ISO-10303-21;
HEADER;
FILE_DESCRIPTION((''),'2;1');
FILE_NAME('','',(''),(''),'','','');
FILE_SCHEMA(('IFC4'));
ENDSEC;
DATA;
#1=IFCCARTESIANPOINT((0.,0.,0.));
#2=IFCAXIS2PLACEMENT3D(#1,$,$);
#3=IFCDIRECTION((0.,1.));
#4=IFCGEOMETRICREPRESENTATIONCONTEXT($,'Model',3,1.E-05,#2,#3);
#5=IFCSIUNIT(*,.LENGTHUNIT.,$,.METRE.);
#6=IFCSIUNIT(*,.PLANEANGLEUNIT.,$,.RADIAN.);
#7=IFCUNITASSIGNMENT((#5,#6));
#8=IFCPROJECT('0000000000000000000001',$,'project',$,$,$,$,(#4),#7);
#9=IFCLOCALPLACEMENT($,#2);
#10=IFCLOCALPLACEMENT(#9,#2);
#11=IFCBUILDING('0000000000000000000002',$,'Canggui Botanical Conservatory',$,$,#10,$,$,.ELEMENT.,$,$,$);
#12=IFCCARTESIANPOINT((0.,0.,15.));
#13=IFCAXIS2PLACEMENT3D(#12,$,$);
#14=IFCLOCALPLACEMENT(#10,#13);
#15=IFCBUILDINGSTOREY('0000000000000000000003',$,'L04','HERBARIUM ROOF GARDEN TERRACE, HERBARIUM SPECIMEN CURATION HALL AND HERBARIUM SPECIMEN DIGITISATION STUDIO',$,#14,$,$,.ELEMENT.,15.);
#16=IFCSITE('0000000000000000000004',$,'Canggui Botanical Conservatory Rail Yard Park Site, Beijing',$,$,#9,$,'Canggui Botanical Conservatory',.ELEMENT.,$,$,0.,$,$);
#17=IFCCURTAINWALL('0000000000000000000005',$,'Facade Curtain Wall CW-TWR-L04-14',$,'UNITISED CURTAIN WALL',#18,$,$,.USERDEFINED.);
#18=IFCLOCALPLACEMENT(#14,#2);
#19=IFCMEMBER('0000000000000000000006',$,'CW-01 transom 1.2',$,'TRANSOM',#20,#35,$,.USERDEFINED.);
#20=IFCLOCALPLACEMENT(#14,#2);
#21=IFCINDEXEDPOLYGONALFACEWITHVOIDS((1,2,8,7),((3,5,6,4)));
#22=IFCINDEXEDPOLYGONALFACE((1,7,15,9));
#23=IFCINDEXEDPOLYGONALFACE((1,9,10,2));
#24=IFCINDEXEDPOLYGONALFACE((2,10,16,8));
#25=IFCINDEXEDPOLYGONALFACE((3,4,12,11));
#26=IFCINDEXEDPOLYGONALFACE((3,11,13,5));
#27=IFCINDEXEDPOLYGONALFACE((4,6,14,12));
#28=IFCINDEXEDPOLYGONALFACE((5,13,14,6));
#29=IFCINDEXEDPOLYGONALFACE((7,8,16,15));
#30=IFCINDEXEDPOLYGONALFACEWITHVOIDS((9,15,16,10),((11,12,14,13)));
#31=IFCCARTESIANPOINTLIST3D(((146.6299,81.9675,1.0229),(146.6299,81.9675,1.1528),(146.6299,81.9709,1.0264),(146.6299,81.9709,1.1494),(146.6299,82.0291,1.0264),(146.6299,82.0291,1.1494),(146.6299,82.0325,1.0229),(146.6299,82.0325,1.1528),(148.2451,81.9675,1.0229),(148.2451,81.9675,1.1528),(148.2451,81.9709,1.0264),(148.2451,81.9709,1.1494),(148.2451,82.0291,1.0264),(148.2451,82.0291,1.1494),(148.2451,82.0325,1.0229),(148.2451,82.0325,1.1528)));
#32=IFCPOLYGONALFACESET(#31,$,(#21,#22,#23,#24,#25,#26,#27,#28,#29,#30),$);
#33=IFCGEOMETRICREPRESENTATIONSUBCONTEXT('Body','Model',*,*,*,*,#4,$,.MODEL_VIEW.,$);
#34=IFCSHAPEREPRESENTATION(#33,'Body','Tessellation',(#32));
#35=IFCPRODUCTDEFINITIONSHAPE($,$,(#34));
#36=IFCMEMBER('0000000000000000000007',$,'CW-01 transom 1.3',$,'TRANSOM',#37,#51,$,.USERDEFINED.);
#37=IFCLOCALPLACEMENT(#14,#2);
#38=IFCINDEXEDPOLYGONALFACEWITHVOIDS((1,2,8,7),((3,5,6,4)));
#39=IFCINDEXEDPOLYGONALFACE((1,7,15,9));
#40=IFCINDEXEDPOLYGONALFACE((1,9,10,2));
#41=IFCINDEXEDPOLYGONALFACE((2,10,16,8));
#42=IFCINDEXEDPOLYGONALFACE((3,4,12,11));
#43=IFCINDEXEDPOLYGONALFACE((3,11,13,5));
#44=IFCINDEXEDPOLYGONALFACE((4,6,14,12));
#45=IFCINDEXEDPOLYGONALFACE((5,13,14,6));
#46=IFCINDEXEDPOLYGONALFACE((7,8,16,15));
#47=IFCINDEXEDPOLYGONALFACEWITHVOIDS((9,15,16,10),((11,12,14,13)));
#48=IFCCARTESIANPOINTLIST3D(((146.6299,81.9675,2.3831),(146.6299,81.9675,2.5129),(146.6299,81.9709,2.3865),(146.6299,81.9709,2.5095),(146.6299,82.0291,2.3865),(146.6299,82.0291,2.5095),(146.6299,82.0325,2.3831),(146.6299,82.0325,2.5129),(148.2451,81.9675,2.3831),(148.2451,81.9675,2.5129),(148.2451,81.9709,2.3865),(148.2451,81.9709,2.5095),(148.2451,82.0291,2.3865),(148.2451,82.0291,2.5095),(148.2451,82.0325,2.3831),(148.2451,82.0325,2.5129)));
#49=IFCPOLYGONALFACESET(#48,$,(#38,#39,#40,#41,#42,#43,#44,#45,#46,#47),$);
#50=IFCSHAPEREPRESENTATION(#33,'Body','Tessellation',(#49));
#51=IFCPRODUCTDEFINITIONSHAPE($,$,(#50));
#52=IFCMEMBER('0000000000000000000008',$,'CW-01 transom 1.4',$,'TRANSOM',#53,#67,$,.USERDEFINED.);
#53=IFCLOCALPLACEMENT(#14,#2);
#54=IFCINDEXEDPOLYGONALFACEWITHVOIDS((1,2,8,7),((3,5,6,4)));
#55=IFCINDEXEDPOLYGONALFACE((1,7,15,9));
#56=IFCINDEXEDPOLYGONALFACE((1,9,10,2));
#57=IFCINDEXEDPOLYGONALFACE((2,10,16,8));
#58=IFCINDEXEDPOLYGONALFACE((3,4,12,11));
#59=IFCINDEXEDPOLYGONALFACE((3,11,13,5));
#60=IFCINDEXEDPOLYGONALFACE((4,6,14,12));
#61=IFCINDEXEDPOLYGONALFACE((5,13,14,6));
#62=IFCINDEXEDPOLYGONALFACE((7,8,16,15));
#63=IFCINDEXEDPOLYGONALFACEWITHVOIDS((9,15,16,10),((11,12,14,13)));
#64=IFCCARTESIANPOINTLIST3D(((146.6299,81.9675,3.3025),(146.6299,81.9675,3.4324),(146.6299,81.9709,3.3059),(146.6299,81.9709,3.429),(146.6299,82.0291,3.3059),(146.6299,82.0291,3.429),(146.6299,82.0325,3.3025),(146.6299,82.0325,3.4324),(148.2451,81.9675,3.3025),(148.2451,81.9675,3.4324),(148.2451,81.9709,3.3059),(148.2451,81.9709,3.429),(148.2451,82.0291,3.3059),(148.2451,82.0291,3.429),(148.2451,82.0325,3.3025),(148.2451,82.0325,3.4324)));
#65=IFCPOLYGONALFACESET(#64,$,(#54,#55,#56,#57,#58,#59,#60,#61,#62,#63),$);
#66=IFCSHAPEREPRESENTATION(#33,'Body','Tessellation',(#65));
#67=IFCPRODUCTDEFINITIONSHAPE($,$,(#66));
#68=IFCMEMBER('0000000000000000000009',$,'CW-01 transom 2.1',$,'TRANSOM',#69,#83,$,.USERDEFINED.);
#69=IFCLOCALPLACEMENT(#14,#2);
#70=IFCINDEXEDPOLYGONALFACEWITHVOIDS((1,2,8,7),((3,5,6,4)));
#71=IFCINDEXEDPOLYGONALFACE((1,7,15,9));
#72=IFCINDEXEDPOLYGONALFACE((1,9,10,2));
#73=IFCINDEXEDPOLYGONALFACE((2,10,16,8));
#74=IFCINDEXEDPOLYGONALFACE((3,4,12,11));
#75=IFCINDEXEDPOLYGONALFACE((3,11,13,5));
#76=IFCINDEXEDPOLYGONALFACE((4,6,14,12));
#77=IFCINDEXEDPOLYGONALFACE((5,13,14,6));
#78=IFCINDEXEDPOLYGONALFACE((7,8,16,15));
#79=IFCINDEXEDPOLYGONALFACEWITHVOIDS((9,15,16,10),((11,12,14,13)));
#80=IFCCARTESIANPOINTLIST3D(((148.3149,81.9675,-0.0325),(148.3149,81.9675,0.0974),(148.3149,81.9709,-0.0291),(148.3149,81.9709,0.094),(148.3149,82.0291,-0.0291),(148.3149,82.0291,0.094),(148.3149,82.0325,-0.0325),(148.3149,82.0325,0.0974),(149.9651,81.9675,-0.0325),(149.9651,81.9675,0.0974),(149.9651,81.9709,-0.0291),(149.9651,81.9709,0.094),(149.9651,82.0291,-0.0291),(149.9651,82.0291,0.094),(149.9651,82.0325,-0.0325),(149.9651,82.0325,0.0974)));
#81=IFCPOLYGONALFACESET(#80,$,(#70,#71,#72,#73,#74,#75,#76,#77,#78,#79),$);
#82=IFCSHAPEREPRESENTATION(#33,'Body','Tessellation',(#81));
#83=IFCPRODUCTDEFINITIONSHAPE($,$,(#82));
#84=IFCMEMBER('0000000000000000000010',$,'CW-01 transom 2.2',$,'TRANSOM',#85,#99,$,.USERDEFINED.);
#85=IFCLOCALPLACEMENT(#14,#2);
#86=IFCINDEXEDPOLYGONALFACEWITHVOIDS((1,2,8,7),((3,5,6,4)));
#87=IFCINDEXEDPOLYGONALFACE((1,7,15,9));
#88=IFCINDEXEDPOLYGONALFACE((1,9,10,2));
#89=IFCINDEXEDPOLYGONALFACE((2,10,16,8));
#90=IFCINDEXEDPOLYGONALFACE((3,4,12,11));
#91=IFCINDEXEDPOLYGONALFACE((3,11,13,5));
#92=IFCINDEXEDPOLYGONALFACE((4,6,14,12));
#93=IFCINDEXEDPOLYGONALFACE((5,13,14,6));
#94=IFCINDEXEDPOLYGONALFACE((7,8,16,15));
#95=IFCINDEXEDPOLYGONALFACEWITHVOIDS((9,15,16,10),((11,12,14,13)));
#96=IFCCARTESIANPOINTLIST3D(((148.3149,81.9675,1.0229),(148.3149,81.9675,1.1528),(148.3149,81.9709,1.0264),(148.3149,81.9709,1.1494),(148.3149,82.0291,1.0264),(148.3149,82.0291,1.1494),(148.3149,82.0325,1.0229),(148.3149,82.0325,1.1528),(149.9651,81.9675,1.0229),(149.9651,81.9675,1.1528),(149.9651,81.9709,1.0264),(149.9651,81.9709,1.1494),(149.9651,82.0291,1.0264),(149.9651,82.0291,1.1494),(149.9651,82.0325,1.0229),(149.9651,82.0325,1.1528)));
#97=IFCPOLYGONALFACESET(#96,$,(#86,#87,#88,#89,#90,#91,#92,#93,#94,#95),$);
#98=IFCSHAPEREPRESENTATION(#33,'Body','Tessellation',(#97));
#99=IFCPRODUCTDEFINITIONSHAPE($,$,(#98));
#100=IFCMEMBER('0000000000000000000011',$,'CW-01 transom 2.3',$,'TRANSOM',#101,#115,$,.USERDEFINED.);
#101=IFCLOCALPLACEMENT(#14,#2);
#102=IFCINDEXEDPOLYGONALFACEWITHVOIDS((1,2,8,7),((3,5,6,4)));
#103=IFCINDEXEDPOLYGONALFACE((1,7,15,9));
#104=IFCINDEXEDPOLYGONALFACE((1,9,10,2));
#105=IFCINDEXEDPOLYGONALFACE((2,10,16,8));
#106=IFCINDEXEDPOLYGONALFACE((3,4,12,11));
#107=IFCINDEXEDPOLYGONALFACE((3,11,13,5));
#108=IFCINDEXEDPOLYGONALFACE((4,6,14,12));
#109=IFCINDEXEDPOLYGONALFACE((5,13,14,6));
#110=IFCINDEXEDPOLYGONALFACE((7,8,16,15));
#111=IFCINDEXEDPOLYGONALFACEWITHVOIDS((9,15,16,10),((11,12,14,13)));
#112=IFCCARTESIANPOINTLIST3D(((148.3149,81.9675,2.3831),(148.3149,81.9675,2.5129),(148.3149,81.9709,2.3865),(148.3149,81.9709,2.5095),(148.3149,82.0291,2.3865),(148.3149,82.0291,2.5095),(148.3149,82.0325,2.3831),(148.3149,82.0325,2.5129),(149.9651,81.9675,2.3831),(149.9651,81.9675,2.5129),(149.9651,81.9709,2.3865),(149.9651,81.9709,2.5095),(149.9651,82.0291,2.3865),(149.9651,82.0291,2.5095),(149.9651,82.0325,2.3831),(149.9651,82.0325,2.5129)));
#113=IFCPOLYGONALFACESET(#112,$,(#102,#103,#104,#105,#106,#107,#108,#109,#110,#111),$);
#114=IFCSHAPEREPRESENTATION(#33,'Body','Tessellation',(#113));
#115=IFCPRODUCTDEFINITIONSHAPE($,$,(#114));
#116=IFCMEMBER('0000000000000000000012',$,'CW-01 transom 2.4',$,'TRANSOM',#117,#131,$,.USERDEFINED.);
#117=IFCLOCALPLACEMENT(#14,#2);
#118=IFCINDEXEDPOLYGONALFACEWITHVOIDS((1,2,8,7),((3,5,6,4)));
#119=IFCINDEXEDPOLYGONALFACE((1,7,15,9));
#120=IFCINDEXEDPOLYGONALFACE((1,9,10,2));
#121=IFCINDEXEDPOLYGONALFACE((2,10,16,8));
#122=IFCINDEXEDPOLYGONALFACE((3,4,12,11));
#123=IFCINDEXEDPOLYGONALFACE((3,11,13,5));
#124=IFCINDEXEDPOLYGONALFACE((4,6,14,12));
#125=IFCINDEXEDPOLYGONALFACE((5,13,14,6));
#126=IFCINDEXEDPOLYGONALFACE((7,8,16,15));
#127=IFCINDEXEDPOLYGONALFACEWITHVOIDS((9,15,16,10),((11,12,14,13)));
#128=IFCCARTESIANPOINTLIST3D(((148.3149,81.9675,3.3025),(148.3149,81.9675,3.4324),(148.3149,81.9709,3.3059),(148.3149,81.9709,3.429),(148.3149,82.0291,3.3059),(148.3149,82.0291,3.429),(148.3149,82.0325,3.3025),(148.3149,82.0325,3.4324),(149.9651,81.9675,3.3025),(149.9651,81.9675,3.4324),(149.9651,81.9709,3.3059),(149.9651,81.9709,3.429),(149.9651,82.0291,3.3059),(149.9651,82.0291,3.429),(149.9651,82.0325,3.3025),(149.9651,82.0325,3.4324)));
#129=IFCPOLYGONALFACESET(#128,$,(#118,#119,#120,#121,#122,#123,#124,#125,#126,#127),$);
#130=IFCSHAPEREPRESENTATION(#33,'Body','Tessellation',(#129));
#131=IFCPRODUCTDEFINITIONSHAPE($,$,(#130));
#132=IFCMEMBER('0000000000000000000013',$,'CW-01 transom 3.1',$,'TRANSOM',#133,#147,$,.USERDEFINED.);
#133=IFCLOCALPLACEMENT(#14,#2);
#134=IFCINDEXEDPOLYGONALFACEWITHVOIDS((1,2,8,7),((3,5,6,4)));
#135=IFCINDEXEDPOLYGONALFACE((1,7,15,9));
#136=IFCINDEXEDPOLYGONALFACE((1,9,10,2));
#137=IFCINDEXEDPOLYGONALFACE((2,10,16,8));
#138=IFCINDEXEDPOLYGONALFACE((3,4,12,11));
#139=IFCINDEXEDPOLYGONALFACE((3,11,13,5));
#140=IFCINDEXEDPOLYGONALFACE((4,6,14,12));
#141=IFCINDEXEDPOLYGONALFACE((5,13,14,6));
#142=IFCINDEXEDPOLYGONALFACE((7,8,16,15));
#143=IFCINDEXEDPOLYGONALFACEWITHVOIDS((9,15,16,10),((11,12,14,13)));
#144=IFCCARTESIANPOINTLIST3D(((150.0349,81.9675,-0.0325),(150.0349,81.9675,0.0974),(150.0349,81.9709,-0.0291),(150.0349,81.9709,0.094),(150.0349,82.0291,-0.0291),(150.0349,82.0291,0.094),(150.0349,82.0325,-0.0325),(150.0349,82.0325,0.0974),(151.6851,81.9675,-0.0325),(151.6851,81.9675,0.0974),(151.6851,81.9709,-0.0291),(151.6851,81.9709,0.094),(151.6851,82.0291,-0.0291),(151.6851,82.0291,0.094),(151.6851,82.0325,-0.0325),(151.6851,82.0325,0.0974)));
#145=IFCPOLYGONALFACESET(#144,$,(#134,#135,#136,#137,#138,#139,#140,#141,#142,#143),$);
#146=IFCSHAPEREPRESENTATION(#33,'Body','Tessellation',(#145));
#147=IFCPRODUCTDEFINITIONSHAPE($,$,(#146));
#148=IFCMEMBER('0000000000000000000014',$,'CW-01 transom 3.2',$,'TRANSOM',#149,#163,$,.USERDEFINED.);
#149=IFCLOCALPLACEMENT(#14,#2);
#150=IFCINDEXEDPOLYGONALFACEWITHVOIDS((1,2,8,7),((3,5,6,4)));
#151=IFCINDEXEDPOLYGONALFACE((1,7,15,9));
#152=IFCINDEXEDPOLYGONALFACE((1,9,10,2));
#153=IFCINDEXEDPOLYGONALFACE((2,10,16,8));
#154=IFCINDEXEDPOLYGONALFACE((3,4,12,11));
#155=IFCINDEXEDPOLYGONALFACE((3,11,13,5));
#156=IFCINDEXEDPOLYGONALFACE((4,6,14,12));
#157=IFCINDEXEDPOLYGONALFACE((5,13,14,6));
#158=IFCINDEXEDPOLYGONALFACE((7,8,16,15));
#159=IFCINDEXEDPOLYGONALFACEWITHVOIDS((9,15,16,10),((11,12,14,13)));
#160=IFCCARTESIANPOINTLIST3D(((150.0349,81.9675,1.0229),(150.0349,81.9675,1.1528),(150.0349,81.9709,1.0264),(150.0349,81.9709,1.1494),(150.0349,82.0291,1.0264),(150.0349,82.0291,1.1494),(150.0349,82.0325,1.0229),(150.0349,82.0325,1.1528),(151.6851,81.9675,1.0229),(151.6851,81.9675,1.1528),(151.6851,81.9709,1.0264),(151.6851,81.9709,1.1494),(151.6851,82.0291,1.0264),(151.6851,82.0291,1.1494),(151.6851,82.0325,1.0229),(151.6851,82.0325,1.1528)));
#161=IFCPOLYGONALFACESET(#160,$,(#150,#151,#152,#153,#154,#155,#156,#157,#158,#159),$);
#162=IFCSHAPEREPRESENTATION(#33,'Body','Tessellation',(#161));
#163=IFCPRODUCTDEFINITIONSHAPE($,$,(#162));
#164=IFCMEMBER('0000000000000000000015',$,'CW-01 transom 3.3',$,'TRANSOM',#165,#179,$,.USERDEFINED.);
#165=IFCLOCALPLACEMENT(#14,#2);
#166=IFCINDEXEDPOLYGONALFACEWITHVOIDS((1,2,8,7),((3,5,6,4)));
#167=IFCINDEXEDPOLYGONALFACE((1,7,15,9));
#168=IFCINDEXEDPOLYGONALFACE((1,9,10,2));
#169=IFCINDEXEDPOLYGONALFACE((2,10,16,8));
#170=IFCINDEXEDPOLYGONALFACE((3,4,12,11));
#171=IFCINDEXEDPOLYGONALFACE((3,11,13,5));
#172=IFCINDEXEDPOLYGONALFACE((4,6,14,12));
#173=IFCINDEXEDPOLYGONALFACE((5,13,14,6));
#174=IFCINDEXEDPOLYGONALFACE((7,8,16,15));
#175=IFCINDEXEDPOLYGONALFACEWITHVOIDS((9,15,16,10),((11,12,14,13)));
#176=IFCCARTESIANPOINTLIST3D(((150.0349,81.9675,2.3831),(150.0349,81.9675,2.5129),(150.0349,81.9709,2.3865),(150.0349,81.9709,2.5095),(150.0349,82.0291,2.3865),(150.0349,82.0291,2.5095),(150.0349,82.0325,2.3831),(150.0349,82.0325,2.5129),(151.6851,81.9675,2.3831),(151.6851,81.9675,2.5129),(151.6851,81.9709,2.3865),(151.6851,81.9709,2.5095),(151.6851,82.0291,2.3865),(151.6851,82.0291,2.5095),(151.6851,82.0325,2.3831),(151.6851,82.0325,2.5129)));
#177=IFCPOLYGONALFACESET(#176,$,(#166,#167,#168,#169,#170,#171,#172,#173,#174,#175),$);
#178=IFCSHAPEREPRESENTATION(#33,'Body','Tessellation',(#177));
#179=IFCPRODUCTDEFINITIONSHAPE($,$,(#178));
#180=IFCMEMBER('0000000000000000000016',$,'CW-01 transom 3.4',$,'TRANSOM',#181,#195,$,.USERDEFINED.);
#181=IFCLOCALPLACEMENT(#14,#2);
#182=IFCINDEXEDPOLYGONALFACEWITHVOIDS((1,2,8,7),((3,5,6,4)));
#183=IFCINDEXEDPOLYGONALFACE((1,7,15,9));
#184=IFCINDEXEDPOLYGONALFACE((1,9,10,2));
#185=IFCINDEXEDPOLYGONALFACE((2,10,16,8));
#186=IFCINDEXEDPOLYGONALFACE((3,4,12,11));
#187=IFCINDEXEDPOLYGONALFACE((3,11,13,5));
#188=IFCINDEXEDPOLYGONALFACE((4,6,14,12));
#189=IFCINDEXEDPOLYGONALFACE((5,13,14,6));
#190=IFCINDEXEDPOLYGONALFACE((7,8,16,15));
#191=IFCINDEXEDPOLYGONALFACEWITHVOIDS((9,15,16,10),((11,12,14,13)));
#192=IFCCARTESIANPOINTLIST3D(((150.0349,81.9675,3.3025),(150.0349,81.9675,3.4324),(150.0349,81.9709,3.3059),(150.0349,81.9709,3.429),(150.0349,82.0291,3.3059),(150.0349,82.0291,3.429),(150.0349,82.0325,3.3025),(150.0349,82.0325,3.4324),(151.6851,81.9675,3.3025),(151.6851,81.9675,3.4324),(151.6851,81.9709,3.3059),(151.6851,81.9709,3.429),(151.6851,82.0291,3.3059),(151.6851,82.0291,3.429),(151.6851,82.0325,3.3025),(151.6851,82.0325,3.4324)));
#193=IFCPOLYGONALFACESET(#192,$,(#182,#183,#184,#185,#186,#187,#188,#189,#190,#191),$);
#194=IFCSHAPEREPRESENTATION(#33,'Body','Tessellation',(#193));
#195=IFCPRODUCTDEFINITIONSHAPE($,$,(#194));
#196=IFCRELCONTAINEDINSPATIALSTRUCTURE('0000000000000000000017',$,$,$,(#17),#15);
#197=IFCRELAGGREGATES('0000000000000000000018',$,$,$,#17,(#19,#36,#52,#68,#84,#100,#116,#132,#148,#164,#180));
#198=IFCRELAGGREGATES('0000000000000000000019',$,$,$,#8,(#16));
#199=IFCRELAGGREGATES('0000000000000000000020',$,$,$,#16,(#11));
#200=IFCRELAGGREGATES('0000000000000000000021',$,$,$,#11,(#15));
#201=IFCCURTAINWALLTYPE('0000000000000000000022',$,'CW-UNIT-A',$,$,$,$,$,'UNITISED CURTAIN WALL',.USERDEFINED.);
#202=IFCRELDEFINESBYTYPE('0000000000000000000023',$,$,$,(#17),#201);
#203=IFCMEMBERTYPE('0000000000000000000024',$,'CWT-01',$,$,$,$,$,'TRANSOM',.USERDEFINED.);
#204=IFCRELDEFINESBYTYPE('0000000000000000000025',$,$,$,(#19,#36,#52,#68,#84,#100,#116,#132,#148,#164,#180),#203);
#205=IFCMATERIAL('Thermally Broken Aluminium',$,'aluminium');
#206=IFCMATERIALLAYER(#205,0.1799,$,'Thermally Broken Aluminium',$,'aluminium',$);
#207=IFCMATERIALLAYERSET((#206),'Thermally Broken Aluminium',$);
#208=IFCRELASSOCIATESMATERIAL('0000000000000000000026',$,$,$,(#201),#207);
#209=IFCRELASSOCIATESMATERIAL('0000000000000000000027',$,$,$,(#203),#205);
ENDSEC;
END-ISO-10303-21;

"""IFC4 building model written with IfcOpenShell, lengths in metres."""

from ifc_helpers import new_model, si_unit, direction, frame, origin, origin_2d, place, context, subcontext, project, spatial, hollow_rectangle, extrude, material, layer, layer_set, material_profile, profile_set, type_object, element, aggregate, save


model = new_model("IFC4")

# Units and contexts
model_context = context("Model", 3, precision=1e-05, world=origin(), true_north=direction((0.0, 1.0)))
body_context = subcontext(model_context, "Body", "Model", "MODEL_VIEW")
ifc_project = project(units=[si_unit("LENGTHUNIT", "METRE"), si_unit("PLANEANGLEUNIT", "RADIAN")], contexts=[model_context])

# Site, building, storey
site_placement = place(None, origin())
site = spatial("IfcSite", under=ifc_project, at=site_placement, Name="Canggui Botanical Conservatory Rail Yard Park Site, Beijing", LongName="Canggui Botanical Conservatory", CompositionType="ELEMENT", RefElevation=0.0)
building_placement = place(site_placement, origin())
building = spatial("IfcBuilding", under=site, at=building_placement, Name="Canggui Botanical Conservatory", CompositionType="ELEMENT")
storey_placement = place(building_placement, frame((0.0, 0.0, 15.0)))
storey = spatial("IfcBuildingStorey", under=building, at=storey_placement, Name="L04", Description="HERBARIUM ROOF GARDEN TERRACE, HERBARIUM SPECIMEN CURATION HALL AND HERBARIUM SPECIMEN DIGITISATION STUDIO", CompositionType="ELEMENT", Elevation=15.0)

# Curtain wall, members
ifc_material_1 = material(Name="Thermally Broken Aluminium", Category="aluminium")
ifc_layer_1 = layer(ifc_material_1, 0.1799, Name="Thermally Broken Aluminium", Category="aluminium")
ifc_layer_set_1 = layer_set([ifc_layer_1], Name="Thermally Broken Aluminium")
curtain_wall_type = type_object("IfcCurtainWallType", Name="CW-UNIT-A", ElementType="UNITISED CURTAIN WALL", PredefinedType="USERDEFINED", material=ifc_layer_set_1)
curtain_wall_placement = place(storey_placement, origin())
curtain_wall = element("IfcCurtainWall", 1, at=curtain_wall_placement, inside=storey, type_object=curtain_wall_type, Name="Facade Curtain Wall CW-TWR-L04-14", ObjectType="UNITISED CURTAIN WALL", PredefinedType="USERDEFINED")
ifc_material_profile_1 = material_profile(ifc_material_1, hollow_rectangle(XDim=0.0649, YDim=0.1299, WallThickness=0.0034, at=origin_2d()), Name="CWT 65x130x3.5")
ifc_profile_set_1 = profile_set([ifc_material_profile_1], Name="Thermally Broken Aluminium")
member_type_1 = type_object("IfcMemberType", Name="CWT-01", ElementType="TRANSOM", PredefinedType="USERDEFINED", material=ifc_profile_set_1)
member_1_placement = place(storey_placement, frame((146.6299, 82.0, 1.0879), z_axis=(1.0, 0.0, 0.0), x_axis=(0.0, 1.0, 0.0)))
member_1 = element("IfcMember", 2, at=member_1_placement, type_object=member_type_1, Name="CW-01 transom 1.2", ObjectType="TRANSOM", PredefinedType="USERDEFINED", context=body_context, shape_type="SweptSolid", body=[
    extrude(hollow_rectangle(XDim=0.0649, YDim=0.1299, WallThickness=0.0034, at=origin_2d()), origin(), (0.0, 0.0, 1.0), 1.6152),
])
member_2_placement = place(storey_placement, frame((146.6299, 82.0, 2.448), z_axis=(1.0, 0.0, 0.0), x_axis=(0.0, 1.0, 0.0)))
member_2 = element("IfcMember", 3, at=member_2_placement, type_object=member_type_1, Name="CW-01 transom 1.3", ObjectType="TRANSOM", PredefinedType="USERDEFINED", context=body_context, shape_type="SweptSolid", body=[
    extrude(hollow_rectangle(XDim=0.0649, YDim=0.1299, WallThickness=0.0034, at=origin_2d()), origin(), (0.0, 0.0, 1.0), 1.6152),
])
member_3_placement = place(storey_placement, frame((146.6299, 82.0, 3.3674), z_axis=(1.0, 0.0, 0.0), x_axis=(0.0, 1.0, 0.0)))
member_3 = element("IfcMember", 4, at=member_3_placement, type_object=member_type_1, Name="CW-01 transom 1.4", ObjectType="TRANSOM", PredefinedType="USERDEFINED", context=body_context, shape_type="SweptSolid", body=[
    extrude(hollow_rectangle(XDim=0.0649, YDim=0.1299, WallThickness=0.0034, at=origin_2d()), origin(), (0.0, 0.0, 1.0), 1.6152),
])
member_4_placement = place(storey_placement, frame((148.3149, 82.0, 0.0325), z_axis=(1.0, 0.0, 0.0), x_axis=(0.0, 1.0, 0.0)))
member_4 = element("IfcMember", 5, at=member_4_placement, type_object=member_type_1, Name="CW-01 transom 2.1", ObjectType="TRANSOM", PredefinedType="USERDEFINED", context=body_context, shape_type="SweptSolid", body=[
    extrude(hollow_rectangle(XDim=0.0649, YDim=0.1299, WallThickness=0.0034, at=origin_2d()), origin(), (0.0, 0.0, 1.0), 1.6501),
])
member_5_placement = place(storey_placement, frame((148.3149, 82.0, 1.0879), z_axis=(1.0, 0.0, 0.0), x_axis=(0.0, 1.0, 0.0)))
member_5 = element("IfcMember", 6, at=member_5_placement, type_object=member_type_1, Name="CW-01 transom 2.2", ObjectType="TRANSOM", PredefinedType="USERDEFINED", context=body_context, shape_type="SweptSolid", body=[
    extrude(hollow_rectangle(XDim=0.0649, YDim=0.1299, WallThickness=0.0034, at=origin_2d()), origin(), (0.0, 0.0, 1.0), 1.6501),
])
member_6_placement = place(storey_placement, frame((148.3149, 82.0, 2.448), z_axis=(1.0, 0.0, 0.0), x_axis=(0.0, 1.0, 0.0)))
member_6 = element("IfcMember", 7, at=member_6_placement, type_object=member_type_1, Name="CW-01 transom 2.3", ObjectType="TRANSOM", PredefinedType="USERDEFINED", context=body_context, shape_type="SweptSolid", body=[
    extrude(hollow_rectangle(XDim=0.0649, YDim=0.1299, WallThickness=0.0034, at=origin_2d()), origin(), (0.0, 0.0, 1.0), 1.6501),
])
member_7_placement = place(storey_placement, frame((148.3149, 82.0, 3.3674), z_axis=(1.0, 0.0, 0.0), x_axis=(0.0, 1.0, 0.0)))
member_7 = element("IfcMember", 8, at=member_7_placement, type_object=member_type_1, Name="CW-01 transom 2.4", ObjectType="TRANSOM", PredefinedType="USERDEFINED", context=body_context, shape_type="SweptSolid", body=[
    extrude(hollow_rectangle(XDim=0.0649, YDim=0.1299, WallThickness=0.0034, at=origin_2d()), origin(), (0.0, 0.0, 1.0), 1.6501),
])
member_8_placement = place(storey_placement, frame((150.0349, 82.0, 0.0325), z_axis=(1.0, 0.0, 0.0), x_axis=(0.0, 1.0, 0.0)))
member_8 = element("IfcMember", 9, at=member_8_placement, type_object=member_type_1, Name="CW-01 transom 3.1", ObjectType="TRANSOM", PredefinedType="USERDEFINED", context=body_context, shape_type="SweptSolid", body=[
    extrude(hollow_rectangle(XDim=0.0649, YDim=0.1299, WallThickness=0.0034, at=origin_2d()), origin(), (0.0, 0.0, 1.0), 1.6501),
])
member_9_placement = place(storey_placement, frame((150.0349, 82.0, 1.0879), z_axis=(1.0, 0.0, 0.0), x_axis=(0.0, 1.0, 0.0)))
member_9 = element("IfcMember", 10, at=member_9_placement, type_object=member_type_1, Name="CW-01 transom 3.2", ObjectType="TRANSOM", PredefinedType="USERDEFINED", context=body_context, shape_type="SweptSolid", body=[
    extrude(hollow_rectangle(XDim=0.0649, YDim=0.1299, WallThickness=0.0034, at=origin_2d()), origin(), (0.0, 0.0, 1.0), 1.6501),
])
member_10_placement = place(storey_placement, frame((150.0349, 82.0, 2.448), z_axis=(1.0, 0.0, 0.0), x_axis=(0.0, 1.0, 0.0)))
member_10 = element("IfcMember", 11, at=member_10_placement, type_object=member_type_1, Name="CW-01 transom 3.3", ObjectType="TRANSOM", PredefinedType="USERDEFINED", context=body_context, shape_type="SweptSolid", body=[
    extrude(hollow_rectangle(XDim=0.0649, YDim=0.1299, WallThickness=0.0034, at=origin_2d()), origin(), (0.0, 0.0, 1.0), 1.6501),
])
member_11_placement = place(storey_placement, frame((150.0349, 82.0, 3.3674), z_axis=(1.0, 0.0, 0.0), x_axis=(0.0, 1.0, 0.0)))
member_11 = element("IfcMember", 12, at=member_11_placement, type_object=member_type_1, Name="CW-01 transom 3.4", ObjectType="TRANSOM", PredefinedType="USERDEFINED", context=body_context, shape_type="SweptSolid", body=[
    extrude(hollow_rectangle(XDim=0.0649, YDim=0.1299, WallThickness=0.0034, at=origin_2d()), origin(), (0.0, 0.0, 1.0), 1.6501),
])
aggregate(curtain_wall, [member_1, member_2, member_3, member_4, member_5, member_6, member_7, member_8, member_9, member_10, member_11])

save(model, "model.ifc")
